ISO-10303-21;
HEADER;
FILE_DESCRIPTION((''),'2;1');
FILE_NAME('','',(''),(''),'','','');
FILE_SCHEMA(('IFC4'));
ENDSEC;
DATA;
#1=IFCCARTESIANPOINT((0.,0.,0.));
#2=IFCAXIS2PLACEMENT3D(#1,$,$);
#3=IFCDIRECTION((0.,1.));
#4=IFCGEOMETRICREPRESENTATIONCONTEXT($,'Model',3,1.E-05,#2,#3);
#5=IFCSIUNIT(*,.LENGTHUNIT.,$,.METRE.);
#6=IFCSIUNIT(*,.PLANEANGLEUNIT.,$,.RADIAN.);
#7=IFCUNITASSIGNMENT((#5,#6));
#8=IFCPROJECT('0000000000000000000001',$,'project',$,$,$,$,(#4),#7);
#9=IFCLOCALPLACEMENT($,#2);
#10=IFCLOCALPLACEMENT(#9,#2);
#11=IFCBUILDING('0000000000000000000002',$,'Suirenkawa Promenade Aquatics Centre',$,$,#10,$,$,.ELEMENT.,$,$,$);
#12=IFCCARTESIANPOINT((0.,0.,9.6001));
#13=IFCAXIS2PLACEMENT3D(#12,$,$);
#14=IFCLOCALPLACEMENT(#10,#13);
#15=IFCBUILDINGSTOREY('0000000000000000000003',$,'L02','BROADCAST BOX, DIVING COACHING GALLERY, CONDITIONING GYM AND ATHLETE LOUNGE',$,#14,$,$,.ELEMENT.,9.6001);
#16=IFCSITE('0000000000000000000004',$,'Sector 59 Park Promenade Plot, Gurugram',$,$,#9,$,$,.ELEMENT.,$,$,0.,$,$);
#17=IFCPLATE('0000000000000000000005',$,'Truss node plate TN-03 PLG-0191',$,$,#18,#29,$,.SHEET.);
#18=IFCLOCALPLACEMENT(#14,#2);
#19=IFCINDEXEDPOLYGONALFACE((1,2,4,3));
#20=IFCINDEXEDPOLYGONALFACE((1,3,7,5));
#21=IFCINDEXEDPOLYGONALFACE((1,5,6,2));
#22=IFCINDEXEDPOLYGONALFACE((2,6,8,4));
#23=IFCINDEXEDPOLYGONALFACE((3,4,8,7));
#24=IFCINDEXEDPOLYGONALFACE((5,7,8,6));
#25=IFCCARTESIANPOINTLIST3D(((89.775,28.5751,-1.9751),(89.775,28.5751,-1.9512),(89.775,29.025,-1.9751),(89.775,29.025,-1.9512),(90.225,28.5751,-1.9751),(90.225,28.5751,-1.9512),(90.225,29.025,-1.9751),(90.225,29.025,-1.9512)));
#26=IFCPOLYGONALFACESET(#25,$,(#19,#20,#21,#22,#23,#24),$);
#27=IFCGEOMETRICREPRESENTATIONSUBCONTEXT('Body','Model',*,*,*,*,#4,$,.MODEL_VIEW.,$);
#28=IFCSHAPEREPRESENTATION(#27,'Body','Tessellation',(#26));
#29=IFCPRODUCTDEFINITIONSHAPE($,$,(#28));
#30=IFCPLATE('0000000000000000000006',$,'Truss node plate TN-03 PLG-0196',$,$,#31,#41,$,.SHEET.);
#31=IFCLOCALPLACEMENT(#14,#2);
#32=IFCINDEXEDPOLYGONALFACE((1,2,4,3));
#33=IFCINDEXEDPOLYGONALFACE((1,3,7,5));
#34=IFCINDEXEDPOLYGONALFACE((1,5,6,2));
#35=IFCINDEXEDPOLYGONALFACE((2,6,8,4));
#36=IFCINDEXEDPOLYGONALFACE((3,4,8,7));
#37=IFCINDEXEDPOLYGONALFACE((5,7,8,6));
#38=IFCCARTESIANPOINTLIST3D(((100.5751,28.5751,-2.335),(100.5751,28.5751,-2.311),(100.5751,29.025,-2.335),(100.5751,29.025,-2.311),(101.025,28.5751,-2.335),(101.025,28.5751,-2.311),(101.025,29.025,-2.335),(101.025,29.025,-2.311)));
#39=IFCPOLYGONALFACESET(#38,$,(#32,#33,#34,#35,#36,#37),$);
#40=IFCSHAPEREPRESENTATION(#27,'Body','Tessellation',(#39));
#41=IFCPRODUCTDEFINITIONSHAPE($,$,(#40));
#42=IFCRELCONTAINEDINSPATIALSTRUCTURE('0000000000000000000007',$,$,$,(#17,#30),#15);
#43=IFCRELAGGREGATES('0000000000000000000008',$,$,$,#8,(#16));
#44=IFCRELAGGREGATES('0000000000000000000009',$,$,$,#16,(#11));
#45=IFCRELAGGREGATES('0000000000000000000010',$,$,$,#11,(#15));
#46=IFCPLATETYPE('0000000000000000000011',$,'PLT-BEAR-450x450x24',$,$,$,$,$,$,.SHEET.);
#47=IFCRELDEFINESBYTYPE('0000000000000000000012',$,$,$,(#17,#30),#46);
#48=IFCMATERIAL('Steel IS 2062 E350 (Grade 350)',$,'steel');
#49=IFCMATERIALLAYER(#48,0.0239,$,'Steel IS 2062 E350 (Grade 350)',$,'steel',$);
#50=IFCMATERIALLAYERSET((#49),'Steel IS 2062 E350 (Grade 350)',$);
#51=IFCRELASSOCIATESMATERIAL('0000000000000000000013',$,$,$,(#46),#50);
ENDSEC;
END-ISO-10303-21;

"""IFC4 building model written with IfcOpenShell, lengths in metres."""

from ifc_helpers import new_model, si_unit, direction, frame, origin, origin_2d, place, context, subcontext, project, spatial, rectangle, extrude, material, layer, layer_set, type_object, element, save


model = new_model("IFC4")

# Units and contexts
model_context = context("Model", 3, precision=1e-05, world=origin(), true_north=direction((0.0, 1.0)))
body_context = subcontext(model_context, "Body", "Model", "MODEL_VIEW")
ifc_project = project(units=[si_unit("LENGTHUNIT", "METRE"), si_unit("PLANEANGLEUNIT", "RADIAN")], contexts=[model_context])

# Site, building, storey
site_placement = place(None, origin())
site = spatial("IfcSite", under=ifc_project, at=site_placement, Name="Sector 59 Park Promenade Plot, Gurugram", CompositionType="ELEMENT", RefElevation=0.0)
building_placement = place(site_placement, origin())
building = spatial("IfcBuilding", under=site, at=building_placement, Name="Suirenkawa Promenade Aquatics Centre", CompositionType="ELEMENT")
storey_placement = place(building_placement, frame((0.0, 0.0, 9.6001)))
storey = spatial("IfcBuildingStorey", under=building, at=storey_placement, Name="L02", Description="BROADCAST BOX, DIVING COACHING GALLERY, CONDITIONING GYM AND ATHLETE LOUNGE", CompositionType="ELEMENT", Elevation=9.6001)

# Shared definitions
ifc_material = material(Name="Steel IS 2062 E350 (Grade 350)", Category="steel")

# Plates
ifc_layer = layer(ifc_material, 0.0239, Name="Steel IS 2062 E350 (Grade 350)", Category="steel")
ifc_layer_set = layer_set([ifc_layer], Name="Steel IS 2062 E350 (Grade 350)")
plate_type = type_object("IfcPlateType", Name="PLT-BEAR-450x450x24", PredefinedType="SHEET", material=ifc_layer_set)
for number, where, z_axis, x_axis, name in (
    (1, (90.0, 28.8, -1.9751), (0.0, 0.0, 1.0), (1.0, 0.0, 0.0), "Truss node plate TN-03 PLG-0191"),
    (2, (100.8, 28.8, -2.335), (0.0, 0.0, 1.0), (1.0, 0.0, 0.0), "Truss node plate TN-03 PLG-0196"),
):
    element("IfcPlate", number, at=place(storey_placement, frame(where, z_axis=z_axis, x_axis=x_axis)), inside=storey, type_object=plate_type, Name=name, PredefinedType="SHEET", context=body_context, shape_type="SweptSolid", body=[
        extrude(rectangle(XDim=0.45, YDim=0.45, at=origin_2d()), origin(), (0.0, 0.0, 1.0), 0.0239),
    ])

save(model, "model.ifc")
